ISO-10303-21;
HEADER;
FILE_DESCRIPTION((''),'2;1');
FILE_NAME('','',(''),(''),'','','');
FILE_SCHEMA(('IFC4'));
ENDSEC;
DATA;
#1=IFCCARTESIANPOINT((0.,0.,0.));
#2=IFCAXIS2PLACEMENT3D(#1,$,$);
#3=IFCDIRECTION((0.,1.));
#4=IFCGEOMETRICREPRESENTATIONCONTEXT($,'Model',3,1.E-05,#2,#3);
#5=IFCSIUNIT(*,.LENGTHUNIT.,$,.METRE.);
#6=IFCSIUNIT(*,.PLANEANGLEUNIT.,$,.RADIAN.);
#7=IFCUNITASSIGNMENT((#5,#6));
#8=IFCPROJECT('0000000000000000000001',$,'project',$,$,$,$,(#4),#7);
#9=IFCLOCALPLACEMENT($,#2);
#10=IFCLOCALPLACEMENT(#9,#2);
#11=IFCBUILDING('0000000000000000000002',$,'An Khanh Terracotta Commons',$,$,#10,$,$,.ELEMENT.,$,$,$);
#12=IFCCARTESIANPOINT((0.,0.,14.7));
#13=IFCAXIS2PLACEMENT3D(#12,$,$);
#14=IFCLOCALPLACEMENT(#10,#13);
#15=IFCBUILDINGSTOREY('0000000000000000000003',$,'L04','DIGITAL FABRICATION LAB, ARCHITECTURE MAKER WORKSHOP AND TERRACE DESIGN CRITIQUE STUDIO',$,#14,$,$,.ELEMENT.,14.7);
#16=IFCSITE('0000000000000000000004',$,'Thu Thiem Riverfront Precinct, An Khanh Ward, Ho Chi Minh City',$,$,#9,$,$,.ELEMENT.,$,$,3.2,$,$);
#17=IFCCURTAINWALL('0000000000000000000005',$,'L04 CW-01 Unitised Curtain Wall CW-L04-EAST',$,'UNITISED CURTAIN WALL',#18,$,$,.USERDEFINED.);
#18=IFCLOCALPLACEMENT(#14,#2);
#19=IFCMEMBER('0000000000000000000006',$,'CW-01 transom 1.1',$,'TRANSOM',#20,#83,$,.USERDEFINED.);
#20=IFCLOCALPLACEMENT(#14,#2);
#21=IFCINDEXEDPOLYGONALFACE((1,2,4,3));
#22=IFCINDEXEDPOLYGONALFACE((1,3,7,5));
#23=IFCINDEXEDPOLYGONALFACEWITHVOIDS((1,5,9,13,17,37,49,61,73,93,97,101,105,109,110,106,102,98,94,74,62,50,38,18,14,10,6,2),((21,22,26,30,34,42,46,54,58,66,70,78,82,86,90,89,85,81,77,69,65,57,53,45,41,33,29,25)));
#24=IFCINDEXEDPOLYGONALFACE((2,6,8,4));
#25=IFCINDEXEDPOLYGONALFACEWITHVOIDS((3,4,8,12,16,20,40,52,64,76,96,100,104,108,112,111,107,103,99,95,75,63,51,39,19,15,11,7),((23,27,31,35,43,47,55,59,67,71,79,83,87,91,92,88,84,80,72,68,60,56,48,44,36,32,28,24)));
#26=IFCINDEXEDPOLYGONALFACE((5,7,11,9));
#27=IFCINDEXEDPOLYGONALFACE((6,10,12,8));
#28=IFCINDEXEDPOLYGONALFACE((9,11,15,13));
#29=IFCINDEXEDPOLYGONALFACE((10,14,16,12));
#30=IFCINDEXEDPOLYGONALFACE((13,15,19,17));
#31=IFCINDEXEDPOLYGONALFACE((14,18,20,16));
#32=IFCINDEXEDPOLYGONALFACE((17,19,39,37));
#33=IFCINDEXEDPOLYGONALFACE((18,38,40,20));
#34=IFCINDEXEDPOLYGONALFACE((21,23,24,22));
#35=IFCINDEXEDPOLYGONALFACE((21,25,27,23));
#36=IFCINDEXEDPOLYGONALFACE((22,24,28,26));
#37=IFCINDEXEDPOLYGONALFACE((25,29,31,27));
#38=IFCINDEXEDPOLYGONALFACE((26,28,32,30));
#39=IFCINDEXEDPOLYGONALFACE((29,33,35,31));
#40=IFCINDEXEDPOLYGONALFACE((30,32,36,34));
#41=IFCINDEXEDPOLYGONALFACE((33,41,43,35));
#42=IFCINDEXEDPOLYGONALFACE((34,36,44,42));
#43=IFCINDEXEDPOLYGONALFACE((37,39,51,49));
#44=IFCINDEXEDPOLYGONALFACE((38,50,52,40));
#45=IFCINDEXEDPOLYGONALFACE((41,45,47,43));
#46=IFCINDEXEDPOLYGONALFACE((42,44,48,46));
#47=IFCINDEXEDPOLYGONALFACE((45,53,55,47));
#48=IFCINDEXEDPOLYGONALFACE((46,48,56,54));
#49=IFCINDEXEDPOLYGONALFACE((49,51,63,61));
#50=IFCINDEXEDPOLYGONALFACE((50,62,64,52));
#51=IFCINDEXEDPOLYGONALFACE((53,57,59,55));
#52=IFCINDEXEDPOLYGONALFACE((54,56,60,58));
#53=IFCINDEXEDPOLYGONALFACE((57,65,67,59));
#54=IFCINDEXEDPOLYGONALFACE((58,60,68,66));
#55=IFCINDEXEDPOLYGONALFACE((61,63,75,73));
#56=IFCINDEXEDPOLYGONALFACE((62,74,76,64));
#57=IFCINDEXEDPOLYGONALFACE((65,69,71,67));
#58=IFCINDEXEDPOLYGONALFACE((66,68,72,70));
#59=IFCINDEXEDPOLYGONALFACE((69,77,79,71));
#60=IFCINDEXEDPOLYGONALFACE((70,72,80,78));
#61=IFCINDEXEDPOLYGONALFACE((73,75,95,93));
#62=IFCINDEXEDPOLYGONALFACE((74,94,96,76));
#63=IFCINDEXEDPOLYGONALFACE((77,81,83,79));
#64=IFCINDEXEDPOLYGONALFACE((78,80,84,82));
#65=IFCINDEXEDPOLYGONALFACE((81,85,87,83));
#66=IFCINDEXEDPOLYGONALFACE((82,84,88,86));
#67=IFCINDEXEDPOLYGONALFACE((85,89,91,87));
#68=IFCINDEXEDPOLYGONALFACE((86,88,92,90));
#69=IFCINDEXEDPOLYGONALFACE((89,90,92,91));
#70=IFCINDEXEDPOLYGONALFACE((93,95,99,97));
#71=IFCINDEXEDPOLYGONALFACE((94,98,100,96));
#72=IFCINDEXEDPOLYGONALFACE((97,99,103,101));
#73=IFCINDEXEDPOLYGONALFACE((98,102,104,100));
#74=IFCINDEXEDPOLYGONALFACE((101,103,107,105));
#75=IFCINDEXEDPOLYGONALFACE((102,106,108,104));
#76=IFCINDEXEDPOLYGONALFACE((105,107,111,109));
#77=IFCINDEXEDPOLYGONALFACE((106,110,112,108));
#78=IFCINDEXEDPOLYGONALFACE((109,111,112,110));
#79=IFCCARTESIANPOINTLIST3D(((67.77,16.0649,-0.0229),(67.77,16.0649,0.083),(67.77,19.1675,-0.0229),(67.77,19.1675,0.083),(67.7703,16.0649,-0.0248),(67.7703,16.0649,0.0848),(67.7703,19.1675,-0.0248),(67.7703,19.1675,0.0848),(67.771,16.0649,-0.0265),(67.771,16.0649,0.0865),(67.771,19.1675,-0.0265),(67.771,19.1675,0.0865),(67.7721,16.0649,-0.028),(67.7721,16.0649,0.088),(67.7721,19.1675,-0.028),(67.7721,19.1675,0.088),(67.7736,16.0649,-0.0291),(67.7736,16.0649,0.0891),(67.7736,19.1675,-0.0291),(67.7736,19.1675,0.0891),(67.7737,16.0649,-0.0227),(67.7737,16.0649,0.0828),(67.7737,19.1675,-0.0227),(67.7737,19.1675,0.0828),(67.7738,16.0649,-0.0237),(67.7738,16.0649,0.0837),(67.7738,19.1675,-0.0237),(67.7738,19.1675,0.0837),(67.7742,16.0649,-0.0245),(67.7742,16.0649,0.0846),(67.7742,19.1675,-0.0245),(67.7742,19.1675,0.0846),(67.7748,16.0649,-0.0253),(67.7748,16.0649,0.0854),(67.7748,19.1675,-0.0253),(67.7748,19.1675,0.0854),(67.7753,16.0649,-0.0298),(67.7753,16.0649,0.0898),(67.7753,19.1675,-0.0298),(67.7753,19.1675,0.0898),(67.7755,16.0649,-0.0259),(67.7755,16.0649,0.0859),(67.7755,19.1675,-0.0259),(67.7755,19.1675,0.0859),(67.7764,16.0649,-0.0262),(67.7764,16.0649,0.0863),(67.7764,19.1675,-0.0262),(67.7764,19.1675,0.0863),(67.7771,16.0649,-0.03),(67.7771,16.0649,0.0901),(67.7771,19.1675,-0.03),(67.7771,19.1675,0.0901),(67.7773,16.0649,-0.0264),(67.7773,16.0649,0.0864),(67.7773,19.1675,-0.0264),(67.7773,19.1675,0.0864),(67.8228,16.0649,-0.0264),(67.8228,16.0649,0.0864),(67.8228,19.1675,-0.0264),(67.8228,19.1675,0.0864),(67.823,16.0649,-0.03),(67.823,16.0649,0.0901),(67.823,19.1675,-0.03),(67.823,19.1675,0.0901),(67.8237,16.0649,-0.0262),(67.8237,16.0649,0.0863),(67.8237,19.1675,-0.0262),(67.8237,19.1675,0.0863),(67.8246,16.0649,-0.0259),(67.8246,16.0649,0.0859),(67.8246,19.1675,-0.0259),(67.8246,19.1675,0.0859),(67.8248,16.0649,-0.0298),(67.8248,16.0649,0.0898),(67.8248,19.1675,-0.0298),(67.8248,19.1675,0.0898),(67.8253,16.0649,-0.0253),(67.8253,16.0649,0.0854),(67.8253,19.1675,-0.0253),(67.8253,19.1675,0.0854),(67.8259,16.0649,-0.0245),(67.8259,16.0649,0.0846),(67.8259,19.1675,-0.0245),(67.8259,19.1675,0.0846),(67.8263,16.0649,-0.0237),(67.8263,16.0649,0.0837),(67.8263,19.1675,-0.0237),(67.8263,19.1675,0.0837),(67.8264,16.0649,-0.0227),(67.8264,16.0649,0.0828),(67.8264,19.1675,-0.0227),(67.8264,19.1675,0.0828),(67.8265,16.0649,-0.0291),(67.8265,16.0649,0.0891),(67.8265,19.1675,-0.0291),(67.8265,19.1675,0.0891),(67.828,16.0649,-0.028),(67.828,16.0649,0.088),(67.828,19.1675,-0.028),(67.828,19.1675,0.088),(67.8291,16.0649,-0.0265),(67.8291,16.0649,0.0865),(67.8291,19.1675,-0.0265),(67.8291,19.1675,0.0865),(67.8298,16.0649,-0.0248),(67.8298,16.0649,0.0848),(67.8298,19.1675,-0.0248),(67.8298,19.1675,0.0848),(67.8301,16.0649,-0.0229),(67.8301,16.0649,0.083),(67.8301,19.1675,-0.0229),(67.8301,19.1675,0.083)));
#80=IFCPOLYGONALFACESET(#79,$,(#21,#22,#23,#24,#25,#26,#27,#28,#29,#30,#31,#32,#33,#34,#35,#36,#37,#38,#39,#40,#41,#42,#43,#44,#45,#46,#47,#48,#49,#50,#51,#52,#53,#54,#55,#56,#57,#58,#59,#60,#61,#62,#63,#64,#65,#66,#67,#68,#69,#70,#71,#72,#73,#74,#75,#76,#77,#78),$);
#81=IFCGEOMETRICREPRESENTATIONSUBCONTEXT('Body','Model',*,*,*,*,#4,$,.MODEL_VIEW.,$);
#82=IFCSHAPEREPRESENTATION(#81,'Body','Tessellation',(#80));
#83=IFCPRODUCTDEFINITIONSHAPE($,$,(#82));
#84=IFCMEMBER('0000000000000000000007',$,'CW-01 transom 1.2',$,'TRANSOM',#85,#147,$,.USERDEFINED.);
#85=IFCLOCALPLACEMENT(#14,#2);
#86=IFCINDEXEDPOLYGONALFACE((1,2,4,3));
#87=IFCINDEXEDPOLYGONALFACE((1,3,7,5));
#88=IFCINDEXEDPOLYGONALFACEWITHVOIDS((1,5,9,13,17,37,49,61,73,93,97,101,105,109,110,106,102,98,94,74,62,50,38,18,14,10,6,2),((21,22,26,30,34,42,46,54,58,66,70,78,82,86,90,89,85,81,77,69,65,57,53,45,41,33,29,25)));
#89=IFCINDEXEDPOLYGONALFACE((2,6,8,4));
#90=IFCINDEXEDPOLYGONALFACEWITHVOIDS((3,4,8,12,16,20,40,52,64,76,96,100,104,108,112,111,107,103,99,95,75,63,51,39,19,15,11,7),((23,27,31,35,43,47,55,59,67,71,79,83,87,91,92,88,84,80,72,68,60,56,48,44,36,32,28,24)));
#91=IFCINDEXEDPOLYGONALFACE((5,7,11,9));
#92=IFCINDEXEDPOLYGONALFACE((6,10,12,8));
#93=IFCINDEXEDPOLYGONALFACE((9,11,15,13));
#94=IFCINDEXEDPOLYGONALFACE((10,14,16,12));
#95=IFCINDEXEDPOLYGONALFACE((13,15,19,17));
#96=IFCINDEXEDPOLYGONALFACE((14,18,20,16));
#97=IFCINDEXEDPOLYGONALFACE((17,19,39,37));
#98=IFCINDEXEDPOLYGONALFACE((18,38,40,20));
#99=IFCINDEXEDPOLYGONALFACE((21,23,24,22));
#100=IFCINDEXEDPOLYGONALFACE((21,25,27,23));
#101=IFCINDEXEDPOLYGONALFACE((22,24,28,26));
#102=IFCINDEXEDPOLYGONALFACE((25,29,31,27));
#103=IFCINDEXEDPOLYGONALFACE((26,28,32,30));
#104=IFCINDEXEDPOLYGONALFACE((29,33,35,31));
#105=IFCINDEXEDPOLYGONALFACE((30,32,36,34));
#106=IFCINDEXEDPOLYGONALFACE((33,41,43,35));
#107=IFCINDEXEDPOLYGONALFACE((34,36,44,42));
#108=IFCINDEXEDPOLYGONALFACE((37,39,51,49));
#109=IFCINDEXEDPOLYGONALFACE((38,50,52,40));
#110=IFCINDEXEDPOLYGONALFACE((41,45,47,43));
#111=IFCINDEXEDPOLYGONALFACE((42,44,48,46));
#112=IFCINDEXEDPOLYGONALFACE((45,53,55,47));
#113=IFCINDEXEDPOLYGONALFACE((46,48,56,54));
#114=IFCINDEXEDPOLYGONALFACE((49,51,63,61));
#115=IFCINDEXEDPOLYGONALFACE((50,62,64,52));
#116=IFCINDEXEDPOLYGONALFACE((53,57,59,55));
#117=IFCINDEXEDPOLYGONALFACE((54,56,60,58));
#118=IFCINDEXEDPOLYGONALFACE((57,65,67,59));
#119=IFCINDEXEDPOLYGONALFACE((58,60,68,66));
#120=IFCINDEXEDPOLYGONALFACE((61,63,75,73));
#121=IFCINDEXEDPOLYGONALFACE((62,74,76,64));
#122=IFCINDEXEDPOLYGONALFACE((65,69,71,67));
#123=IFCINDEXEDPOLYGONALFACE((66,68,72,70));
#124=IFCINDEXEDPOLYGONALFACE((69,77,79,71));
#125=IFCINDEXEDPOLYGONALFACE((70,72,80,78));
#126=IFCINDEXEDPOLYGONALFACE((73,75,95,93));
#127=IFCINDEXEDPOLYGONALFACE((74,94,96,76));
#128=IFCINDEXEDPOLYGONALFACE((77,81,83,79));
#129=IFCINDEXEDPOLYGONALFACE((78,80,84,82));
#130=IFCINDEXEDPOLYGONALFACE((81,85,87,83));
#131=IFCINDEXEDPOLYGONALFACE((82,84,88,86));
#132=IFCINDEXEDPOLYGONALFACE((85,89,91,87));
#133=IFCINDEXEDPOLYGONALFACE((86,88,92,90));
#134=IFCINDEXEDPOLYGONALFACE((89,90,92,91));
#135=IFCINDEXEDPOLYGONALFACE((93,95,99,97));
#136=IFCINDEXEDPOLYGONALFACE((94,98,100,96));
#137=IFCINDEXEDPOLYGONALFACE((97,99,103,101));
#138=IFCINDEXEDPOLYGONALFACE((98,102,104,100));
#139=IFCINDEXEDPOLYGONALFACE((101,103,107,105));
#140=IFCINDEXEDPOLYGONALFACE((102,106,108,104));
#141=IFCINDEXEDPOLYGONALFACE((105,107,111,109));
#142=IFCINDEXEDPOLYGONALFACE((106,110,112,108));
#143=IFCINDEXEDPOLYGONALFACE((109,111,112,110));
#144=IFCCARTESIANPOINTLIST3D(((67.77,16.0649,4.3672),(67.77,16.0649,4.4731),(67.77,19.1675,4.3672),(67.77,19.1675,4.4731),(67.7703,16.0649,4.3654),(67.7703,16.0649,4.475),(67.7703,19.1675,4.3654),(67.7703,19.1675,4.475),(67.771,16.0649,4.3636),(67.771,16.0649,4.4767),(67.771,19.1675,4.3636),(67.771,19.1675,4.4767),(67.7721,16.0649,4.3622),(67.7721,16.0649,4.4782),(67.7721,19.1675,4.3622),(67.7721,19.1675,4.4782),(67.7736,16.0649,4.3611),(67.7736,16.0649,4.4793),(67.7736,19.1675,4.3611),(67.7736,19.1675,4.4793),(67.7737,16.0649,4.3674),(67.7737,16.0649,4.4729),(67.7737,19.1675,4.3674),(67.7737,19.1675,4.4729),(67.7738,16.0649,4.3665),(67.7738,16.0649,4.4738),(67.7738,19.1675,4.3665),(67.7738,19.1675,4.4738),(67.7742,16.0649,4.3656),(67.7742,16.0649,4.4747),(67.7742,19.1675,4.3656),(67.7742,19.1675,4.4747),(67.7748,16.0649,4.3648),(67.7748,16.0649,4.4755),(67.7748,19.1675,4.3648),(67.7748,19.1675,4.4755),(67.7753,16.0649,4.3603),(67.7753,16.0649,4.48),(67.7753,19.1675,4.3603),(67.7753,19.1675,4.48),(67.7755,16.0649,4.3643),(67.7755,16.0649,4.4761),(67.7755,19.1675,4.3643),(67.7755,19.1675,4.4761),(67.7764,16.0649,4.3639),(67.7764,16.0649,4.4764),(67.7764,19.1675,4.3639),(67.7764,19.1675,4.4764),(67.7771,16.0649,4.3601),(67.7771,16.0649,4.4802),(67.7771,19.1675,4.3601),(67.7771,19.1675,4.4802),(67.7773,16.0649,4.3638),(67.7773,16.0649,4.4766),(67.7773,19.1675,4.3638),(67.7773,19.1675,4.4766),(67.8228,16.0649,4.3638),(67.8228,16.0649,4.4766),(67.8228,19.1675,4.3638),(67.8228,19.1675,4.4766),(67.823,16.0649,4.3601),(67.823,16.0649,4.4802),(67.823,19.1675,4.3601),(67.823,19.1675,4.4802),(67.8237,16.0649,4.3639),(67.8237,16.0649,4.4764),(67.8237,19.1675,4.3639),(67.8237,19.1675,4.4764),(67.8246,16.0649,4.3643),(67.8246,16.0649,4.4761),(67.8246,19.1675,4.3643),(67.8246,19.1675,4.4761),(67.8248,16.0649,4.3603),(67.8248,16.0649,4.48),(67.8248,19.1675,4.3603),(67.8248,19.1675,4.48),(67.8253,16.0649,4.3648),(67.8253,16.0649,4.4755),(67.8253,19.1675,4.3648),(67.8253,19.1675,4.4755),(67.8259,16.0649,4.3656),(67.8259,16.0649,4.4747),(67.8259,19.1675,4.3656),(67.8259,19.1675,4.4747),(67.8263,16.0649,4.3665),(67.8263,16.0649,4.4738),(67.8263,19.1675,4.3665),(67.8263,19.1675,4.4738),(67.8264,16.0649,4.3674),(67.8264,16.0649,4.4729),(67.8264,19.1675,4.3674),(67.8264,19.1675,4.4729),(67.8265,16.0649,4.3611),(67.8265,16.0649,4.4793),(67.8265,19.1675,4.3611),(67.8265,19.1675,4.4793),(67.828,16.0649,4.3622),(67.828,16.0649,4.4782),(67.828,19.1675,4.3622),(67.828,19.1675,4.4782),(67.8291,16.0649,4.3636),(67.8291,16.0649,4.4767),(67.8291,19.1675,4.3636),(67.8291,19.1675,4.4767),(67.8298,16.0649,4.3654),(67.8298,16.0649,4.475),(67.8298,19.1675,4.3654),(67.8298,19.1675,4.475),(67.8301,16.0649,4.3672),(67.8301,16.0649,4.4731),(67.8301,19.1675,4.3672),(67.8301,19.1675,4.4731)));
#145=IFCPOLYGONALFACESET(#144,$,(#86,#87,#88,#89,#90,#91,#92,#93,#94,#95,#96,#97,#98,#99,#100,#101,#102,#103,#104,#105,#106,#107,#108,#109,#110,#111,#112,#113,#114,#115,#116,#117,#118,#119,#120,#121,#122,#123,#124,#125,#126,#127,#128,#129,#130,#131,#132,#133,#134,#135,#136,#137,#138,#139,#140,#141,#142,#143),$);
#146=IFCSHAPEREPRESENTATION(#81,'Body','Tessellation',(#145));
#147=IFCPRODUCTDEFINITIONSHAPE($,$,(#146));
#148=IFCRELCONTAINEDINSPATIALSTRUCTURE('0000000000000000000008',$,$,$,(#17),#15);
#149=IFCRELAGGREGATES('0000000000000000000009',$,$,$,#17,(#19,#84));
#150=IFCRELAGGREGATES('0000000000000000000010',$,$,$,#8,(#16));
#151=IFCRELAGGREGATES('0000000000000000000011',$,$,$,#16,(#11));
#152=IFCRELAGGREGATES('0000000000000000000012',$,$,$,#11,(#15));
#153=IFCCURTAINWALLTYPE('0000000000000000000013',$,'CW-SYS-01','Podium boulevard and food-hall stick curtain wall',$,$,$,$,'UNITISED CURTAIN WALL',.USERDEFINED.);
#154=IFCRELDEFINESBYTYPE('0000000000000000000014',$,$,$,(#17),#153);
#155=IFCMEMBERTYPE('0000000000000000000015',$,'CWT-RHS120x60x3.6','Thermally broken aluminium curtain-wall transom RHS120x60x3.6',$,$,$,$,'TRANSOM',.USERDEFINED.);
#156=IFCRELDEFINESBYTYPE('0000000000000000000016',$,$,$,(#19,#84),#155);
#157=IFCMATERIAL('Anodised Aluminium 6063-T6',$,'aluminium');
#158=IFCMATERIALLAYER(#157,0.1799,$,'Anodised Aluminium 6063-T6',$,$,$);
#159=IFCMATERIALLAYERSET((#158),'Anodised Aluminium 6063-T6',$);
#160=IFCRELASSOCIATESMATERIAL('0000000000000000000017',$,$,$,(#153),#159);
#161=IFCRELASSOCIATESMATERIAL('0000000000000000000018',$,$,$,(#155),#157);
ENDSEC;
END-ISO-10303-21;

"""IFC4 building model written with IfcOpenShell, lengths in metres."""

from ifc_helpers import new_model, si_unit, direction, frame, origin, origin_2d, place, context, subcontext, project, spatial, hollow_rectangle, extrude, material, layer, layer_set, material_profile, profile_set, type_object, element, aggregate, save


model = new_model("IFC4")

# Units and contexts
model_context = context("Model", 3, precision=1e-05, world=origin(), true_north=direction((0.0, 1.0)))
body_context = subcontext(model_context, "Body", "Model", "MODEL_VIEW")
ifc_project = project(units=[si_unit("LENGTHUNIT", "METRE"), si_unit("PLANEANGLEUNIT", "RADIAN")], contexts=[model_context])

# Site, building, storey
site_placement = place(None, origin())
site = spatial("IfcSite", under=ifc_project, at=site_placement, Name="Thu Thiem Riverfront Precinct, An Khanh Ward, Ho Chi Minh City", CompositionType="ELEMENT", RefElevation=3.2)
building_placement = place(site_placement, origin())
building = spatial("IfcBuilding", under=site, at=building_placement, Name="An Khanh Terracotta Commons", CompositionType="ELEMENT")
storey_placement = place(building_placement, frame((0.0, 0.0, 14.7)))
storey = spatial("IfcBuildingStorey", under=building, at=storey_placement, Name="L04", Description="DIGITAL FABRICATION LAB, ARCHITECTURE MAKER WORKSHOP AND TERRACE DESIGN CRITIQUE STUDIO", CompositionType="ELEMENT", Elevation=14.7)

# Curtain wall, members
ifc_material_1 = material(Name="Anodised Aluminium 6063-T6", Category="aluminium")
ifc_layer_1 = layer(ifc_material_1, 0.1799, Name="Anodised Aluminium 6063-T6")
ifc_layer_set_1 = layer_set([ifc_layer_1], Name="Anodised Aluminium 6063-T6")
curtain_wall_type = type_object("IfcCurtainWallType", Name="CW-SYS-01", Description="Podium boulevard and food-hall stick curtain wall", ElementType="UNITISED CURTAIN WALL", PredefinedType="USERDEFINED", material=ifc_layer_set_1)
curtain_wall_placement = place(storey_placement, origin())
curtain_wall = element("IfcCurtainWall", 1, at=curtain_wall_placement, inside=storey, type_object=curtain_wall_type, Name="L04 CW-01 Unitised Curtain Wall CW-L04-EAST", ObjectType="UNITISED CURTAIN WALL", PredefinedType="USERDEFINED")
ifc_material_profile_1 = material_profile(ifc_material_1, hollow_rectangle(XDim=0.0601, YDim=0.1201, WallThickness=0.0037, InnerFilletRadius=0.0037, OuterFilletRadius=0.0071, at=origin_2d()), Name="RHS120x60x3.6")
ifc_profile_set_1 = profile_set([ifc_material_profile_1], Name="Anodised Aluminium 6063-T6")
member_type_1 = type_object("IfcMemberType", Name="CWT-RHS120x60x3.6", Description="Thermally broken aluminium curtain-wall transom RHS120x60x3.6", ElementType="TRANSOM", PredefinedType="USERDEFINED", material=ifc_profile_set_1)
member_1_placement = place(storey_placement, frame((67.8, 16.0649, 0.03), z_axis=(0.0, 1.0, 0.0), x_axis=(-1.0, 0.0, 0.0)))
member_1 = element("IfcMember", 2, at=member_1_placement, type_object=member_type_1, Name="CW-01 transom 1.1", ObjectType="TRANSOM", PredefinedType="USERDEFINED", context=body_context, shape_type="SweptSolid", body=[
    extrude(hollow_rectangle(XDim=0.0601, YDim=0.1201, WallThickness=0.0037, InnerFilletRadius=0.0037, OuterFilletRadius=0.0071, at=origin_2d()), origin(), (0.0, 0.0, 1.0), 3.1025),
])
member_2_placement = place(storey_placement, frame((67.8, 16.0649, 4.4202), z_axis=(0.0, 1.0, 0.0), x_axis=(-1.0, 0.0, 0.0)))
member_2 = element("IfcMember", 3, at=member_2_placement, type_object=member_type_1, Name="CW-01 transom 1.2", ObjectType="TRANSOM", PredefinedType="USERDEFINED", context=body_context, shape_type="SweptSolid", body=[
    extrude(hollow_rectangle(XDim=0.0601, YDim=0.1201, WallThickness=0.0037, InnerFilletRadius=0.0037, OuterFilletRadius=0.0071, at=origin_2d()), origin(), (0.0, 0.0, 1.0), 3.1025),
])
aggregate(curtain_wall, [member_1, member_2])

save(model, "model.ifc")
